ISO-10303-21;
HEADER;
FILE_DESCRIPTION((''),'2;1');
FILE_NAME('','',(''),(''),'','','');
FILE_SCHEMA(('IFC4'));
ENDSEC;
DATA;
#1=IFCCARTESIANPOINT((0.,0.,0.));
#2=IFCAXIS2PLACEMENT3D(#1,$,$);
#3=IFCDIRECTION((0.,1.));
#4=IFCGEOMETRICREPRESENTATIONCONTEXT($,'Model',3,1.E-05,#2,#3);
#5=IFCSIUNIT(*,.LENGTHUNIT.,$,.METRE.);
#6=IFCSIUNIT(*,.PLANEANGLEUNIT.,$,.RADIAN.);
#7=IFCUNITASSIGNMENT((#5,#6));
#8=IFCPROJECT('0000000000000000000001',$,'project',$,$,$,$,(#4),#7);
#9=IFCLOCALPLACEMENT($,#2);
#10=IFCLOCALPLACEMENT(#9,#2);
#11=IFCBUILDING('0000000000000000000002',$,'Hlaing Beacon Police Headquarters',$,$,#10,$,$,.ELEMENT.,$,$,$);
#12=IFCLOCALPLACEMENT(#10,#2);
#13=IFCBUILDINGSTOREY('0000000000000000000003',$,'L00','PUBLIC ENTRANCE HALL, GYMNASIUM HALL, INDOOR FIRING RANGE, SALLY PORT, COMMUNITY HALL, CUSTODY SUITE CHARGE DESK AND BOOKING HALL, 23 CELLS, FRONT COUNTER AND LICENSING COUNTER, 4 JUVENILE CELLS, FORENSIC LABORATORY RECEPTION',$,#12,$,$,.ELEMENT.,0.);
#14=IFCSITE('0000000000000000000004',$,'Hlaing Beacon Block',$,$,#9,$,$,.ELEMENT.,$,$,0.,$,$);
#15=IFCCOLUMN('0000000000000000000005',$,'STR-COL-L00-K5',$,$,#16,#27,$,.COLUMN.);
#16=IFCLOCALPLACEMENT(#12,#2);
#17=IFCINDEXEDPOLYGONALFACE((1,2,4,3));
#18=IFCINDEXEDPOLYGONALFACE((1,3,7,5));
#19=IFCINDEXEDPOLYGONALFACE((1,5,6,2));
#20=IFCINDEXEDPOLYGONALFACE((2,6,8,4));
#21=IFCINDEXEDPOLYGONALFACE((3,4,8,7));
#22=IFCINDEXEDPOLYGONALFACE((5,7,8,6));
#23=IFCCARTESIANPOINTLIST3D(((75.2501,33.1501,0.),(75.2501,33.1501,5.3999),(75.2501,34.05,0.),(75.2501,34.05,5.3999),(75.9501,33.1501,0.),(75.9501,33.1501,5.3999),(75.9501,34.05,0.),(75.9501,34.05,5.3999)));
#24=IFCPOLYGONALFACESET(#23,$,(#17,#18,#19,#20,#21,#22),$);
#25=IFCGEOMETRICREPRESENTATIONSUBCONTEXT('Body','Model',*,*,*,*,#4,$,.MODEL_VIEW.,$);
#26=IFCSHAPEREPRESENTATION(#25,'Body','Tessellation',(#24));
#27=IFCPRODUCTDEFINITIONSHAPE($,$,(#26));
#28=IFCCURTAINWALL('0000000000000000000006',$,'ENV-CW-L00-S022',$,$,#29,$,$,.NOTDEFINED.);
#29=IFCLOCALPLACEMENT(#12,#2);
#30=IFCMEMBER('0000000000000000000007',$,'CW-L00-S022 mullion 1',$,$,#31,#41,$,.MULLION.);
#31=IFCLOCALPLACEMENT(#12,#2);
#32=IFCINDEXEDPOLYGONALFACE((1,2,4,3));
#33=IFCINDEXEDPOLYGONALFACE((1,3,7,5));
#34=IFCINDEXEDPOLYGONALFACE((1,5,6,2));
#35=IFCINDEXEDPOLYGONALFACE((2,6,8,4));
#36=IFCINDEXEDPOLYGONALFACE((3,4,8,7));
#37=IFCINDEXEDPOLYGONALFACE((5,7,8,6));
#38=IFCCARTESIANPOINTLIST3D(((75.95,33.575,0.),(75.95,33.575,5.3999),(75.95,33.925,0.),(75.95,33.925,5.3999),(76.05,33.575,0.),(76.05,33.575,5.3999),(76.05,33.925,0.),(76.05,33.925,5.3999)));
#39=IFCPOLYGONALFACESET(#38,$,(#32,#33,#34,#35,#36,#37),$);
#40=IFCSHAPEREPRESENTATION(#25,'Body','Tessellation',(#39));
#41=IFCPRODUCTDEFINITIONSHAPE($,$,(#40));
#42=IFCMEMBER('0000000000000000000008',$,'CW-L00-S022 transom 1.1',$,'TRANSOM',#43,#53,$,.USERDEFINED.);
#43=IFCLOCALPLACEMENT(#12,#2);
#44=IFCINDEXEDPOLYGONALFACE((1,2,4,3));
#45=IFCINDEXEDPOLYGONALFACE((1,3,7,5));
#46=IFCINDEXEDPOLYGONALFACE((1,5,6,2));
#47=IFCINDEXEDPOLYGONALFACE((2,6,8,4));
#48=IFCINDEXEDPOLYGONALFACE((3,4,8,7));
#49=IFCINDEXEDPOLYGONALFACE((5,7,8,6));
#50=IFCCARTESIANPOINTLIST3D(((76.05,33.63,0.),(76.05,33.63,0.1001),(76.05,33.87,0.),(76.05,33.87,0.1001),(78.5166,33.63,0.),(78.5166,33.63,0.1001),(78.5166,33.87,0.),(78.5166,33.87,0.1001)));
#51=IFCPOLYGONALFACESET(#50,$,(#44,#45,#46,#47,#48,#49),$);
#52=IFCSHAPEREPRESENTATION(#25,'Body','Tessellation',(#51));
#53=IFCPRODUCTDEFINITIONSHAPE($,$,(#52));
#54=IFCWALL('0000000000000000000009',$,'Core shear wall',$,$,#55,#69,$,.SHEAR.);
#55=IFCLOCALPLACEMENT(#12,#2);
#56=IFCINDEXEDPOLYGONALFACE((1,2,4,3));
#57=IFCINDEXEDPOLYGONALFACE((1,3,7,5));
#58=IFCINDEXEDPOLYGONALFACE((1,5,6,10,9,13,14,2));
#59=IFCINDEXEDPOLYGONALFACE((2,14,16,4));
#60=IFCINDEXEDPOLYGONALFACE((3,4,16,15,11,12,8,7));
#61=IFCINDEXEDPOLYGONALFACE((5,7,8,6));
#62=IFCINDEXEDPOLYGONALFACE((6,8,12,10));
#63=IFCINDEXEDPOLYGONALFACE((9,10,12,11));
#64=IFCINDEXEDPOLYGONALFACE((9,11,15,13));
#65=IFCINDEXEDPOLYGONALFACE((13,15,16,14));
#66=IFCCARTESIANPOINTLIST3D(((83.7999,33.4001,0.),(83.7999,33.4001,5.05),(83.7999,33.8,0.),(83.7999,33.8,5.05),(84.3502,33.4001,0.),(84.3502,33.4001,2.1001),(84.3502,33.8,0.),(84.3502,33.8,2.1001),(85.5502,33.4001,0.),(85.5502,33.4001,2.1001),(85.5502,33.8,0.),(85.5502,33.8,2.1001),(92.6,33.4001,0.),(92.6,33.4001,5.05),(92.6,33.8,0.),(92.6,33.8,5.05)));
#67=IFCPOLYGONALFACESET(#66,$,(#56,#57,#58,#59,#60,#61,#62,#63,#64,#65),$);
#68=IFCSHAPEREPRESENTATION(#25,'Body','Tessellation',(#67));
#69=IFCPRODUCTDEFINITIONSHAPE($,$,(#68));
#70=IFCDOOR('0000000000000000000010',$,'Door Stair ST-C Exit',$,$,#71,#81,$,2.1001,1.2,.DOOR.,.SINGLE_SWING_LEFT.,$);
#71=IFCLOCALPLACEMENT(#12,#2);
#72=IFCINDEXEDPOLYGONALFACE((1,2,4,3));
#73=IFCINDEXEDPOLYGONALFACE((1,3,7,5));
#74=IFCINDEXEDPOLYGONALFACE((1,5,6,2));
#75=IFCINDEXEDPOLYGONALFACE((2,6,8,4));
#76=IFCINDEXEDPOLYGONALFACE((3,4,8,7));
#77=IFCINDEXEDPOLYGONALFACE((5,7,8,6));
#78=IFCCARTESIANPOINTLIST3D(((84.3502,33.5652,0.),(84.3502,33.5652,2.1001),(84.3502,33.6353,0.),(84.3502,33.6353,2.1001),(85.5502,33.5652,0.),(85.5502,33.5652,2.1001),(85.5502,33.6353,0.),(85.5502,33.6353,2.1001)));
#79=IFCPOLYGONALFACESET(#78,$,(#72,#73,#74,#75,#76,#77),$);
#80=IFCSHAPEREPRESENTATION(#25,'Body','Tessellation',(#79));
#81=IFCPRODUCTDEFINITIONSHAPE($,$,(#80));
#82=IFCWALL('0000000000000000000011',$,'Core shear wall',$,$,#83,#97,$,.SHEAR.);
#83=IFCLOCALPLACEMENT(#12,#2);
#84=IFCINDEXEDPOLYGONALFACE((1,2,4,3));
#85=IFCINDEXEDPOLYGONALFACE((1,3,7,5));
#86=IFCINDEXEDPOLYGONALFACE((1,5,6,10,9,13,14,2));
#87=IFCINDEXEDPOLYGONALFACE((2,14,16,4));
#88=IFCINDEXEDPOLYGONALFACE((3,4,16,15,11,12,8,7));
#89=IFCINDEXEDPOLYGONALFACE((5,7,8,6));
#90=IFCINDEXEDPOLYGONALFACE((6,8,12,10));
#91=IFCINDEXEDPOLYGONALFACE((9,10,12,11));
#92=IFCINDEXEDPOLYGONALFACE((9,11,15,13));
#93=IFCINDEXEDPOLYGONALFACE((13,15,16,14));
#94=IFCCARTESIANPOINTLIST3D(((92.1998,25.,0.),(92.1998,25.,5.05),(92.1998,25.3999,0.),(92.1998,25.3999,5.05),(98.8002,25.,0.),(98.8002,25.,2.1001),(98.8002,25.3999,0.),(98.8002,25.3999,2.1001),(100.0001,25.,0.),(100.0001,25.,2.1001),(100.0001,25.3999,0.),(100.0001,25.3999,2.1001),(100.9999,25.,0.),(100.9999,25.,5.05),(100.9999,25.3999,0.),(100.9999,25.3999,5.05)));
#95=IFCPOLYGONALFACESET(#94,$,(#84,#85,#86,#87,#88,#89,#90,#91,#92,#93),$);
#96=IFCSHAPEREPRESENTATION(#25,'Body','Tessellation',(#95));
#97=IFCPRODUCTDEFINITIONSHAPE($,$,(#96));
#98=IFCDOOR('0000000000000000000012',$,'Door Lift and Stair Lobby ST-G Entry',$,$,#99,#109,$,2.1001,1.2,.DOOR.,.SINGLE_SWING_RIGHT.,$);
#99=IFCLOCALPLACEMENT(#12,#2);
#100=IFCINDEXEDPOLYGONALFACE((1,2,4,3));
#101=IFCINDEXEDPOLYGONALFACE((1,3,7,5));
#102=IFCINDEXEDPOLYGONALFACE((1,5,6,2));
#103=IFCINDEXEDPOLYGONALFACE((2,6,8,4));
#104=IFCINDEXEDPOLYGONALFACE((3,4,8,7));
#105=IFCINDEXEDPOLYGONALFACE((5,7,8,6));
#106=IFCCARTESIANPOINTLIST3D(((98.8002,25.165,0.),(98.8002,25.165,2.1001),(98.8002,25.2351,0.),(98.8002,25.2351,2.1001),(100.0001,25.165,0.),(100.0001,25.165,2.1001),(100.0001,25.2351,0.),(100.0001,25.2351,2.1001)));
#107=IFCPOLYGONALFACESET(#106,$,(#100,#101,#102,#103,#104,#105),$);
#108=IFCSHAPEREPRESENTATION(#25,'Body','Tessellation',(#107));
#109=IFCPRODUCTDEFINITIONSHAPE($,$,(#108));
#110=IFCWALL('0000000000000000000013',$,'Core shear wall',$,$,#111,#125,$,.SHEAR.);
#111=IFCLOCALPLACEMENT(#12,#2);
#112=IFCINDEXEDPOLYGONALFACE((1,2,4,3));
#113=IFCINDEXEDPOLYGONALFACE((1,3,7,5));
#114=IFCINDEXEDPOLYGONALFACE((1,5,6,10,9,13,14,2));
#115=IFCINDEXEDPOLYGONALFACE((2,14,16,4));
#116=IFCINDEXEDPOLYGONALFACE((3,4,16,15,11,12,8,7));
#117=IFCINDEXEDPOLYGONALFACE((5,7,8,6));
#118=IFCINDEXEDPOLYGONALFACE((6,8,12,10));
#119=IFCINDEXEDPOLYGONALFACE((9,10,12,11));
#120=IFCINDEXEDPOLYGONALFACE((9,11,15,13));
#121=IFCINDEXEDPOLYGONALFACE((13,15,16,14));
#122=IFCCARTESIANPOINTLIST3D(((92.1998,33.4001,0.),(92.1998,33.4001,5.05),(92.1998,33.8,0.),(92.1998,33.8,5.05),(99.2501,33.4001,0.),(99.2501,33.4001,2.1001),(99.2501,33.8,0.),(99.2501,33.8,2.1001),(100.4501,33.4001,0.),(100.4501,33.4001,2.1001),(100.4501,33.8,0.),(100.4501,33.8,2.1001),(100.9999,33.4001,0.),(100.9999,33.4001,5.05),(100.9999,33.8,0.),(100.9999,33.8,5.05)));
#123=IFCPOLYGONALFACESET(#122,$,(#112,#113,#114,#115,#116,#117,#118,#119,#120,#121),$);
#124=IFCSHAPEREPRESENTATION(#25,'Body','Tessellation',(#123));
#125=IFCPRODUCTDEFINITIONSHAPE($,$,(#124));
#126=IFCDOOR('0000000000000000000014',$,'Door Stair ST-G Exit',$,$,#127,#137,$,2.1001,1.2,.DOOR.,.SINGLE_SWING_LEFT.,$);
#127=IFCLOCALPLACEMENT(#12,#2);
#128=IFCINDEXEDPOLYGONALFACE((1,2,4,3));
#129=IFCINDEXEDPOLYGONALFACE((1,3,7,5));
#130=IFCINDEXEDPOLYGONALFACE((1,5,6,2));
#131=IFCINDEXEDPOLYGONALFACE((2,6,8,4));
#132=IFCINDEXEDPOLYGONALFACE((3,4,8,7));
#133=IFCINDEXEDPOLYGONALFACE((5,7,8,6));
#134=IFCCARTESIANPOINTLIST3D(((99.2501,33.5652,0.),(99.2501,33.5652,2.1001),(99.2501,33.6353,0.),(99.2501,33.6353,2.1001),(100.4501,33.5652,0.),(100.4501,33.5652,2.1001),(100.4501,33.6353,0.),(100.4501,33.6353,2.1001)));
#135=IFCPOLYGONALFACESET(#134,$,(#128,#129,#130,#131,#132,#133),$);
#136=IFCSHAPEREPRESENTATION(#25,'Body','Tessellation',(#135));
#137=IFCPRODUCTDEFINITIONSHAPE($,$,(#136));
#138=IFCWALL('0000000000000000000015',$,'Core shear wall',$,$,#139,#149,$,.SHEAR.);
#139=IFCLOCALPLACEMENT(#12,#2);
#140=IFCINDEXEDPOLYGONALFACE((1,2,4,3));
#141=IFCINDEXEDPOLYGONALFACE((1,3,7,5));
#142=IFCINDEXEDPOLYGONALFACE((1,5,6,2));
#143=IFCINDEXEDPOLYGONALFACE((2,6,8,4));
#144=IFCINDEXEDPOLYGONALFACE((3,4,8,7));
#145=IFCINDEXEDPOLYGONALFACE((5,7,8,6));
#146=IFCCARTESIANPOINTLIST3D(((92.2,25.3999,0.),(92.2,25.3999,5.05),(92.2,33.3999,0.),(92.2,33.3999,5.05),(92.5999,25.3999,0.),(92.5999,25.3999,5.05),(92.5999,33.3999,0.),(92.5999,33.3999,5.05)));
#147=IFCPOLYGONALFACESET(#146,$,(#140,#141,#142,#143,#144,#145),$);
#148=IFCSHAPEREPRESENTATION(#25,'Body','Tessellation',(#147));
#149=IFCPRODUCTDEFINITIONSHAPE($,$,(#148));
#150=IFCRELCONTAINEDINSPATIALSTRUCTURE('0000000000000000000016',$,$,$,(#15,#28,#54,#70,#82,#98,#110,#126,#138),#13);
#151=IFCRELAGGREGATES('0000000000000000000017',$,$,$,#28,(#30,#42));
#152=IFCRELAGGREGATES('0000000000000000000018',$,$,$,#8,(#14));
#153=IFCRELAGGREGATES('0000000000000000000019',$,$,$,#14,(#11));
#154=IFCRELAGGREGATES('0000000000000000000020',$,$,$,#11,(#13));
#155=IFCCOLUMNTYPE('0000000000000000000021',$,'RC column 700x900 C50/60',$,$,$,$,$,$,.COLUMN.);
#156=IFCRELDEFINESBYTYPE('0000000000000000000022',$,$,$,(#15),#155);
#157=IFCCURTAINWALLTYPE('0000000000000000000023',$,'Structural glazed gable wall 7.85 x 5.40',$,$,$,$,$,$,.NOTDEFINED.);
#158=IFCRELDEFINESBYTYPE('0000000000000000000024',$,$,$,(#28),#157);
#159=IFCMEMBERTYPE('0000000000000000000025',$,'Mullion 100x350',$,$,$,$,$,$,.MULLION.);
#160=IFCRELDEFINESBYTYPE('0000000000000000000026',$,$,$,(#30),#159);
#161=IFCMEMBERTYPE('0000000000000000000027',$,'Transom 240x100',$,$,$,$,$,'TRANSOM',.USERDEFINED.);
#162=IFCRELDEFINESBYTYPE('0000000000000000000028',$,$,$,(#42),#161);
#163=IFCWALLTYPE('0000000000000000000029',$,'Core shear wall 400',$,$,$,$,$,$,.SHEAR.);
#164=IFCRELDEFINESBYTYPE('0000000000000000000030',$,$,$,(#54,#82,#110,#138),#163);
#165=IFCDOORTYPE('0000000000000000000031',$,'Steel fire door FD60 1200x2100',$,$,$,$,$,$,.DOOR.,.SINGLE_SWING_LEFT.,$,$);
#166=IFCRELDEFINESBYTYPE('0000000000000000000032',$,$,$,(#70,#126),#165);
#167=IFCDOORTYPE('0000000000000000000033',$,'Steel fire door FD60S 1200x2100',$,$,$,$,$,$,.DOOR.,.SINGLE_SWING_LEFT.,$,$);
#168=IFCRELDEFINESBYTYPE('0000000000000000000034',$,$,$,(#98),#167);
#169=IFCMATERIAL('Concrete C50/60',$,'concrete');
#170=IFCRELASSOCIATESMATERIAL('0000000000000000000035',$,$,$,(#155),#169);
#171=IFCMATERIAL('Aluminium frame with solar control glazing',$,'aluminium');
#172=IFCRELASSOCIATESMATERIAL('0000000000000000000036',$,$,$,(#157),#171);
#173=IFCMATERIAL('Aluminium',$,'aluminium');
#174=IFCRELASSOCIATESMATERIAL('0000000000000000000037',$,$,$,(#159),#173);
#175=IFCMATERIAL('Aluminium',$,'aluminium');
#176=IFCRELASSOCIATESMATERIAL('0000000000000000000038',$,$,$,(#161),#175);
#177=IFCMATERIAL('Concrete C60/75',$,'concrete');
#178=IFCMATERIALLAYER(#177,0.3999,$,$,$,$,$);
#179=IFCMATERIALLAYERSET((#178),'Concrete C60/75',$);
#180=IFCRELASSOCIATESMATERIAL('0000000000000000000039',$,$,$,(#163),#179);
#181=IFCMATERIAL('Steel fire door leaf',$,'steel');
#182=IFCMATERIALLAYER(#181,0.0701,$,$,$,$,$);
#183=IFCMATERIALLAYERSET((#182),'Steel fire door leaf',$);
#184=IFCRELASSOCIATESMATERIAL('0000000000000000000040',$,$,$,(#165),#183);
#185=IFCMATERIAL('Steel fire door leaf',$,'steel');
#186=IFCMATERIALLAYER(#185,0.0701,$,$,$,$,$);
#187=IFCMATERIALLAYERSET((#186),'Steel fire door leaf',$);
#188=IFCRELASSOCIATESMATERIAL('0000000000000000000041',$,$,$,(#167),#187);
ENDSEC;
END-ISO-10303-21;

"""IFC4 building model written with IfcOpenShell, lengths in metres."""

from ifc_helpers import new_model, si_unit, direction, frame, frame_2d, origin, origin_2d, place, context, subcontext, project, spatial, rectangle, extrude, material, layer, layer_set, material_profile, profile_set, type_object, element, fill, aggregate, save


model = new_model("IFC4")

# Units and contexts
model_context = context("Model", 3, precision=1e-05, world=origin(), true_north=direction((0.0, 1.0)))
body_context = subcontext(model_context, "Body", "Model", "MODEL_VIEW")
ifc_project = project(units=[si_unit("LENGTHUNIT", "METRE"), si_unit("PLANEANGLEUNIT", "RADIAN")], contexts=[model_context])

# Site, building, storey
site_placement = place(None, origin())
site = spatial("IfcSite", under=ifc_project, at=site_placement, Name="Hlaing Beacon Block", CompositionType="ELEMENT", RefElevation=0.0)
building_placement = place(site_placement, origin())
building = spatial("IfcBuilding", under=site, at=building_placement, Name="Hlaing Beacon Police Headquarters", CompositionType="ELEMENT")
storey_placement = place(building_placement, origin())
storey = spatial("IfcBuildingStorey", under=building, at=storey_placement, Name="L00", Description="PUBLIC ENTRANCE HALL, GYMNASIUM HALL, INDOOR FIRING RANGE, SALLY PORT, COMMUNITY HALL, CUSTODY SUITE CHARGE DESK AND BOOKING HALL, 23 CELLS, FRONT COUNTER AND LICENSING COUNTER, 4 JUVENILE CELLS, FORENSIC LABORATORY RECEPTION", CompositionType="ELEMENT", Elevation=0.0)

# Column
ifc_material_1 = material(Name="Concrete C50/60", Category="concrete")
ifc_material_profile_1 = material_profile(ifc_material_1, rectangle(XDim=0.7, YDim=0.8999, at=origin_2d()), Name="700x900")
ifc_profile_set_1 = profile_set([ifc_material_profile_1], Name="Concrete C50/60")
column_type = type_object("IfcColumnType", Name="RC column 700x900 C50/60", PredefinedType="COLUMN", material=ifc_profile_set_1)
column_placement = place(storey_placement, frame((75.6001, 33.6001, 0.0), z_axis=(0.0, 0.0, 1.0), x_axis=(1.0, 0.0, 0.0)))
element("IfcColumn", 1, at=column_placement, inside=storey, type_object=column_type, Name="STR-COL-L00-K5", PredefinedType="COLUMN", context=body_context, shape_type="SweptSolid", body=[
    extrude(rectangle(XDim=0.7, YDim=0.8999, at=origin_2d()), origin(), (0.0, 0.0, 1.0), 5.3999),
])

# Curtain wall, members
ifc_material_2 = material(Name="Aluminium frame with solar control glazing", Category="aluminium")
curtain_wall_type = type_object("IfcCurtainWallType", Name="Structural glazed gable wall 7.85 x 5.40", PredefinedType="NOTDEFINED", material=ifc_material_2)
curtain_wall_placement = place(storey_placement, origin())
curtain_wall = element("IfcCurtainWall", 2, at=curtain_wall_placement, inside=storey, type_object=curtain_wall_type, Name="ENV-CW-L00-S022", PredefinedType="NOTDEFINED")
ifc_material_3 = material(Name="Aluminium", Category="aluminium")
ifc_material_profile_2 = material_profile(ifc_material_3, rectangle(XDim=0.3501, YDim=0.1001, at=origin_2d()), Name="Mullion 100x350")
ifc_profile_set_2 = profile_set([ifc_material_profile_2], Name="Aluminium")
member_type_1 = type_object("IfcMemberType", Name="Mullion 100x350", PredefinedType="MULLION", material=ifc_profile_set_2)
member_1_placement = place(storey_placement, frame((76.0, 33.75, 0.0), z_axis=(0.0, 0.0, 1.0), x_axis=(0.0, 1.0, 0.0)))
member_1 = element("IfcMember", 3, at=member_1_placement, type_object=member_type_1, Name="CW-L00-S022 mullion 1", PredefinedType="MULLION", context=body_context, shape_type="SweptSolid", body=[
    extrude(rectangle(XDim=0.3501, YDim=0.1001, at=origin_2d()), origin(), (0.0, 0.0, 1.0), 5.3999),
])
ifc_material_4 = material(Name="Aluminium", Category="aluminium")
ifc_material_profile_3 = material_profile(ifc_material_4, rectangle(XDim=0.24, YDim=0.1001, at=origin_2d()), Name="Transom 240x100")
ifc_profile_set_3 = profile_set([ifc_material_profile_3], Name="Aluminium")
member_type_2 = type_object("IfcMemberType", Name="Transom 240x100", ElementType="TRANSOM", PredefinedType="USERDEFINED", material=ifc_profile_set_3)
member_2_placement = place(storey_placement, frame((76.05, 33.75, 0.05), z_axis=(1.0, 0.0, 0.0), x_axis=(0.0, 1.0, 0.0)))
member_2 = element("IfcMember", 4, at=member_2_placement, type_object=member_type_2, Name="CW-L00-S022 transom 1.1", ObjectType="TRANSOM", PredefinedType="USERDEFINED", context=body_context, shape_type="SweptSolid", body=[
    extrude(rectangle(XDim=0.24, YDim=0.1001, at=origin_2d()), origin(), (0.0, 0.0, 1.0), 2.4666),
])
aggregate(curtain_wall, [member_1, member_2])

# Walls, openings, doors
ifc_material_5 = material(Name="Concrete C60/75", Category="concrete")
ifc_layer_1 = layer(ifc_material_5, 0.3999)
ifc_layer_set_1 = layer_set([ifc_layer_1], Name="Concrete C60/75")
wall_type_1 = type_object("IfcWallType", Name="Core shear wall 400", PredefinedType="SHEAR", material=ifc_layer_set_1)
wall_1_placement = place(storey_placement, frame((83.8, 33.6001, 0.0), z_axis=(0.0, 0.0, 1.0), x_axis=(1.0, 0.0, 0.0)))
wall_1 = element("IfcWall", 5, at=wall_1_placement, inside=storey, type_object=wall_type_1, Name="Core shear wall", PredefinedType="SHEAR", context=body_context, shape_type="SweptSolid", body=[
    extrude(rectangle(XDim=8.8, YDim=0.3999, at=frame_2d((4.3999, 0.0))), origin(), (0.0, 0.0, 1.0), 5.05),
])
opening_1_placement = place(wall_1_placement, frame((0.55, 0.0, 0.0)))
opening_1 = element("IfcOpeningElement", 6, at=opening_1_placement, cuts=wall_1, PredefinedType="OPENING", context=body_context, shape_type="SweptSolid", body=[
    extrude(rectangle(XDim=1.2, YDim=2.1001, at=frame_2d((0.6001, 1.05))), frame((0.0, 0.21, 0.0), z_axis=(0.0, -1.0, 0.0), x_axis=(1.0, 0.0, 0.0)), (0.0, 0.0, 1.0), 0.4199),
])
ifc_material_6 = material(Name="Steel fire door leaf", Category="steel")
ifc_layer_2 = layer(ifc_material_6, 0.0701)
ifc_layer_set_2 = layer_set([ifc_layer_2], Name="Steel fire door leaf")
door_type_1 = type_object("IfcDoorType", Name="Steel fire door FD60 1200x2100", OperationType="SINGLE_SWING_LEFT", PredefinedType="DOOR", material=ifc_layer_set_2)
door_1_placement = place(opening_1_placement, frame((1.2, 0.0, 0.0), z_axis=(0.0, 0.0, 1.0), x_axis=(-1.0, 0.0, 0.0)))
door_1 = element("IfcDoor", 7, at=door_1_placement, inside=storey, type_object=door_type_1, Name="Door Stair ST-C Exit", OperationType="SINGLE_SWING_LEFT", OverallHeight=2.1001, OverallWidth=1.2, PredefinedType="DOOR", context=body_context, shape_type="SweptSolid", body=[
    extrude(rectangle(XDim=1.2, YDim=2.1001, at=frame_2d((0.5999, 1.05))), frame((0.0, 0.0349, 0.0), z_axis=(0.0, -1.0, 0.0), x_axis=(1.0, 0.0, 0.0)), (0.0, 0.0, 1.0), 0.0701),
])
fill(opening_1, door_1)
wall_2_placement = place(storey_placement, frame((92.2, 25.2, 0.0), z_axis=(0.0, 0.0, 1.0), x_axis=(1.0, 0.0, 0.0)))
wall_2 = element("IfcWall", 8, at=wall_2_placement, inside=storey, type_object=wall_type_1, Name="Core shear wall", PredefinedType="SHEAR", context=body_context, shape_type="SweptSolid", body=[
    extrude(rectangle(XDim=8.8, YDim=0.3999, at=frame_2d((4.3999, 0.0))), origin(), (0.0, 0.0, 1.0), 5.05),
])
opening_2_placement = place(wall_2_placement, frame((6.6001, 0.0, 0.0)))
opening_2 = element("IfcOpeningElement", 9, at=opening_2_placement, cuts=wall_2, PredefinedType="OPENING", context=body_context, shape_type="SweptSolid", body=[
    extrude(rectangle(XDim=1.2, YDim=2.1001, at=frame_2d((0.6001, 1.05))), frame((0.0, 0.21, 0.0), z_axis=(0.0, -1.0, 0.0), x_axis=(1.0, 0.0, 0.0)), (0.0, 0.0, 1.0), 0.4199),
])
ifc_material_7 = material(Name="Steel fire door leaf", Category="steel")
ifc_layer_3 = layer(ifc_material_7, 0.0701)
ifc_layer_set_3 = layer_set([ifc_layer_3], Name="Steel fire door leaf")
door_type_2 = type_object("IfcDoorType", Name="Steel fire door FD60S 1200x2100", OperationType="SINGLE_SWING_LEFT", PredefinedType="DOOR", material=ifc_layer_set_3)
door_2_placement = place(opening_2_placement, origin())
door_2 = element("IfcDoor", 10, at=door_2_placement, inside=storey, type_object=door_type_2, Name="Door Lift and Stair Lobby ST-G Entry", OperationType="SINGLE_SWING_RIGHT", OverallHeight=2.1001, OverallWidth=1.2, PredefinedType="DOOR", context=body_context, shape_type="SweptSolid", body=[
    extrude(rectangle(XDim=1.2, YDim=2.1001, at=frame_2d((0.6001, 1.05))), frame((0.0, 0.0352, 0.0), z_axis=(0.0, -1.0, 0.0), x_axis=(1.0, 0.0, 0.0)), (0.0, 0.0, 1.0), 0.0701),
])
fill(opening_2, door_2)
wall_3_placement = place(storey_placement, frame((92.2, 33.6001, 0.0), z_axis=(0.0, 0.0, 1.0), x_axis=(1.0, 0.0, 0.0)))
wall_3 = element("IfcWall", 11, at=wall_3_placement, inside=storey, type_object=wall_type_1, Name="Core shear wall", PredefinedType="SHEAR", context=body_context, shape_type="SweptSolid", body=[
    extrude(rectangle(XDim=8.8, YDim=0.3999, at=frame_2d((4.3999, 0.0))), origin(), (0.0, 0.0, 1.0), 5.05),
])
opening_3_placement = place(wall_3_placement, frame((7.05, 0.0, 0.0)))
opening_3 = element("IfcOpeningElement", 12, at=opening_3_placement, cuts=wall_3, PredefinedType="OPENING", context=body_context, shape_type="SweptSolid", body=[
    extrude(rectangle(XDim=1.2, YDim=2.1001, at=frame_2d((0.6001, 1.05))), frame((0.0, 0.21, 0.0), z_axis=(0.0, -1.0, 0.0), x_axis=(1.0, 0.0, 0.0)), (0.0, 0.0, 1.0), 0.4199),
])
door_3_placement = place(opening_3_placement, origin())
door_3 = element("IfcDoor", 13, at=door_3_placement, inside=storey, type_object=door_type_1, Name="Door Stair ST-G Exit", OperationType="SINGLE_SWING_LEFT", OverallHeight=2.1001, OverallWidth=1.2, PredefinedType="DOOR", context=body_context, shape_type="SweptSolid", body=[
    extrude(rectangle(XDim=1.2, YDim=2.1001, at=frame_2d((0.6001, 1.05))), frame((0.0, 0.0352, 0.0), z_axis=(0.0, -1.0, 0.0), x_axis=(1.0, 0.0, 0.0)), (0.0, 0.0, 1.0), 0.0701),
])
fill(opening_3, door_3)

# Wall
wall_4_placement = place(storey_placement, frame((92.3999, 25.3999, 0.0), z_axis=(0.0, 0.0, 1.0), x_axis=(0.0, 1.0, 0.0)))
element("IfcWall", 14, at=wall_4_placement, inside=storey, type_object=wall_type_1, Name="Core shear wall", PredefinedType="SHEAR", context=body_context, shape_type="SweptSolid", body=[
    extrude(rectangle(XDim=8.0, YDim=0.3999, at=frame_2d((4.0, 0.0))), origin(), (0.0, 0.0, 1.0), 5.05),
])

save(model, "model.ifc")
